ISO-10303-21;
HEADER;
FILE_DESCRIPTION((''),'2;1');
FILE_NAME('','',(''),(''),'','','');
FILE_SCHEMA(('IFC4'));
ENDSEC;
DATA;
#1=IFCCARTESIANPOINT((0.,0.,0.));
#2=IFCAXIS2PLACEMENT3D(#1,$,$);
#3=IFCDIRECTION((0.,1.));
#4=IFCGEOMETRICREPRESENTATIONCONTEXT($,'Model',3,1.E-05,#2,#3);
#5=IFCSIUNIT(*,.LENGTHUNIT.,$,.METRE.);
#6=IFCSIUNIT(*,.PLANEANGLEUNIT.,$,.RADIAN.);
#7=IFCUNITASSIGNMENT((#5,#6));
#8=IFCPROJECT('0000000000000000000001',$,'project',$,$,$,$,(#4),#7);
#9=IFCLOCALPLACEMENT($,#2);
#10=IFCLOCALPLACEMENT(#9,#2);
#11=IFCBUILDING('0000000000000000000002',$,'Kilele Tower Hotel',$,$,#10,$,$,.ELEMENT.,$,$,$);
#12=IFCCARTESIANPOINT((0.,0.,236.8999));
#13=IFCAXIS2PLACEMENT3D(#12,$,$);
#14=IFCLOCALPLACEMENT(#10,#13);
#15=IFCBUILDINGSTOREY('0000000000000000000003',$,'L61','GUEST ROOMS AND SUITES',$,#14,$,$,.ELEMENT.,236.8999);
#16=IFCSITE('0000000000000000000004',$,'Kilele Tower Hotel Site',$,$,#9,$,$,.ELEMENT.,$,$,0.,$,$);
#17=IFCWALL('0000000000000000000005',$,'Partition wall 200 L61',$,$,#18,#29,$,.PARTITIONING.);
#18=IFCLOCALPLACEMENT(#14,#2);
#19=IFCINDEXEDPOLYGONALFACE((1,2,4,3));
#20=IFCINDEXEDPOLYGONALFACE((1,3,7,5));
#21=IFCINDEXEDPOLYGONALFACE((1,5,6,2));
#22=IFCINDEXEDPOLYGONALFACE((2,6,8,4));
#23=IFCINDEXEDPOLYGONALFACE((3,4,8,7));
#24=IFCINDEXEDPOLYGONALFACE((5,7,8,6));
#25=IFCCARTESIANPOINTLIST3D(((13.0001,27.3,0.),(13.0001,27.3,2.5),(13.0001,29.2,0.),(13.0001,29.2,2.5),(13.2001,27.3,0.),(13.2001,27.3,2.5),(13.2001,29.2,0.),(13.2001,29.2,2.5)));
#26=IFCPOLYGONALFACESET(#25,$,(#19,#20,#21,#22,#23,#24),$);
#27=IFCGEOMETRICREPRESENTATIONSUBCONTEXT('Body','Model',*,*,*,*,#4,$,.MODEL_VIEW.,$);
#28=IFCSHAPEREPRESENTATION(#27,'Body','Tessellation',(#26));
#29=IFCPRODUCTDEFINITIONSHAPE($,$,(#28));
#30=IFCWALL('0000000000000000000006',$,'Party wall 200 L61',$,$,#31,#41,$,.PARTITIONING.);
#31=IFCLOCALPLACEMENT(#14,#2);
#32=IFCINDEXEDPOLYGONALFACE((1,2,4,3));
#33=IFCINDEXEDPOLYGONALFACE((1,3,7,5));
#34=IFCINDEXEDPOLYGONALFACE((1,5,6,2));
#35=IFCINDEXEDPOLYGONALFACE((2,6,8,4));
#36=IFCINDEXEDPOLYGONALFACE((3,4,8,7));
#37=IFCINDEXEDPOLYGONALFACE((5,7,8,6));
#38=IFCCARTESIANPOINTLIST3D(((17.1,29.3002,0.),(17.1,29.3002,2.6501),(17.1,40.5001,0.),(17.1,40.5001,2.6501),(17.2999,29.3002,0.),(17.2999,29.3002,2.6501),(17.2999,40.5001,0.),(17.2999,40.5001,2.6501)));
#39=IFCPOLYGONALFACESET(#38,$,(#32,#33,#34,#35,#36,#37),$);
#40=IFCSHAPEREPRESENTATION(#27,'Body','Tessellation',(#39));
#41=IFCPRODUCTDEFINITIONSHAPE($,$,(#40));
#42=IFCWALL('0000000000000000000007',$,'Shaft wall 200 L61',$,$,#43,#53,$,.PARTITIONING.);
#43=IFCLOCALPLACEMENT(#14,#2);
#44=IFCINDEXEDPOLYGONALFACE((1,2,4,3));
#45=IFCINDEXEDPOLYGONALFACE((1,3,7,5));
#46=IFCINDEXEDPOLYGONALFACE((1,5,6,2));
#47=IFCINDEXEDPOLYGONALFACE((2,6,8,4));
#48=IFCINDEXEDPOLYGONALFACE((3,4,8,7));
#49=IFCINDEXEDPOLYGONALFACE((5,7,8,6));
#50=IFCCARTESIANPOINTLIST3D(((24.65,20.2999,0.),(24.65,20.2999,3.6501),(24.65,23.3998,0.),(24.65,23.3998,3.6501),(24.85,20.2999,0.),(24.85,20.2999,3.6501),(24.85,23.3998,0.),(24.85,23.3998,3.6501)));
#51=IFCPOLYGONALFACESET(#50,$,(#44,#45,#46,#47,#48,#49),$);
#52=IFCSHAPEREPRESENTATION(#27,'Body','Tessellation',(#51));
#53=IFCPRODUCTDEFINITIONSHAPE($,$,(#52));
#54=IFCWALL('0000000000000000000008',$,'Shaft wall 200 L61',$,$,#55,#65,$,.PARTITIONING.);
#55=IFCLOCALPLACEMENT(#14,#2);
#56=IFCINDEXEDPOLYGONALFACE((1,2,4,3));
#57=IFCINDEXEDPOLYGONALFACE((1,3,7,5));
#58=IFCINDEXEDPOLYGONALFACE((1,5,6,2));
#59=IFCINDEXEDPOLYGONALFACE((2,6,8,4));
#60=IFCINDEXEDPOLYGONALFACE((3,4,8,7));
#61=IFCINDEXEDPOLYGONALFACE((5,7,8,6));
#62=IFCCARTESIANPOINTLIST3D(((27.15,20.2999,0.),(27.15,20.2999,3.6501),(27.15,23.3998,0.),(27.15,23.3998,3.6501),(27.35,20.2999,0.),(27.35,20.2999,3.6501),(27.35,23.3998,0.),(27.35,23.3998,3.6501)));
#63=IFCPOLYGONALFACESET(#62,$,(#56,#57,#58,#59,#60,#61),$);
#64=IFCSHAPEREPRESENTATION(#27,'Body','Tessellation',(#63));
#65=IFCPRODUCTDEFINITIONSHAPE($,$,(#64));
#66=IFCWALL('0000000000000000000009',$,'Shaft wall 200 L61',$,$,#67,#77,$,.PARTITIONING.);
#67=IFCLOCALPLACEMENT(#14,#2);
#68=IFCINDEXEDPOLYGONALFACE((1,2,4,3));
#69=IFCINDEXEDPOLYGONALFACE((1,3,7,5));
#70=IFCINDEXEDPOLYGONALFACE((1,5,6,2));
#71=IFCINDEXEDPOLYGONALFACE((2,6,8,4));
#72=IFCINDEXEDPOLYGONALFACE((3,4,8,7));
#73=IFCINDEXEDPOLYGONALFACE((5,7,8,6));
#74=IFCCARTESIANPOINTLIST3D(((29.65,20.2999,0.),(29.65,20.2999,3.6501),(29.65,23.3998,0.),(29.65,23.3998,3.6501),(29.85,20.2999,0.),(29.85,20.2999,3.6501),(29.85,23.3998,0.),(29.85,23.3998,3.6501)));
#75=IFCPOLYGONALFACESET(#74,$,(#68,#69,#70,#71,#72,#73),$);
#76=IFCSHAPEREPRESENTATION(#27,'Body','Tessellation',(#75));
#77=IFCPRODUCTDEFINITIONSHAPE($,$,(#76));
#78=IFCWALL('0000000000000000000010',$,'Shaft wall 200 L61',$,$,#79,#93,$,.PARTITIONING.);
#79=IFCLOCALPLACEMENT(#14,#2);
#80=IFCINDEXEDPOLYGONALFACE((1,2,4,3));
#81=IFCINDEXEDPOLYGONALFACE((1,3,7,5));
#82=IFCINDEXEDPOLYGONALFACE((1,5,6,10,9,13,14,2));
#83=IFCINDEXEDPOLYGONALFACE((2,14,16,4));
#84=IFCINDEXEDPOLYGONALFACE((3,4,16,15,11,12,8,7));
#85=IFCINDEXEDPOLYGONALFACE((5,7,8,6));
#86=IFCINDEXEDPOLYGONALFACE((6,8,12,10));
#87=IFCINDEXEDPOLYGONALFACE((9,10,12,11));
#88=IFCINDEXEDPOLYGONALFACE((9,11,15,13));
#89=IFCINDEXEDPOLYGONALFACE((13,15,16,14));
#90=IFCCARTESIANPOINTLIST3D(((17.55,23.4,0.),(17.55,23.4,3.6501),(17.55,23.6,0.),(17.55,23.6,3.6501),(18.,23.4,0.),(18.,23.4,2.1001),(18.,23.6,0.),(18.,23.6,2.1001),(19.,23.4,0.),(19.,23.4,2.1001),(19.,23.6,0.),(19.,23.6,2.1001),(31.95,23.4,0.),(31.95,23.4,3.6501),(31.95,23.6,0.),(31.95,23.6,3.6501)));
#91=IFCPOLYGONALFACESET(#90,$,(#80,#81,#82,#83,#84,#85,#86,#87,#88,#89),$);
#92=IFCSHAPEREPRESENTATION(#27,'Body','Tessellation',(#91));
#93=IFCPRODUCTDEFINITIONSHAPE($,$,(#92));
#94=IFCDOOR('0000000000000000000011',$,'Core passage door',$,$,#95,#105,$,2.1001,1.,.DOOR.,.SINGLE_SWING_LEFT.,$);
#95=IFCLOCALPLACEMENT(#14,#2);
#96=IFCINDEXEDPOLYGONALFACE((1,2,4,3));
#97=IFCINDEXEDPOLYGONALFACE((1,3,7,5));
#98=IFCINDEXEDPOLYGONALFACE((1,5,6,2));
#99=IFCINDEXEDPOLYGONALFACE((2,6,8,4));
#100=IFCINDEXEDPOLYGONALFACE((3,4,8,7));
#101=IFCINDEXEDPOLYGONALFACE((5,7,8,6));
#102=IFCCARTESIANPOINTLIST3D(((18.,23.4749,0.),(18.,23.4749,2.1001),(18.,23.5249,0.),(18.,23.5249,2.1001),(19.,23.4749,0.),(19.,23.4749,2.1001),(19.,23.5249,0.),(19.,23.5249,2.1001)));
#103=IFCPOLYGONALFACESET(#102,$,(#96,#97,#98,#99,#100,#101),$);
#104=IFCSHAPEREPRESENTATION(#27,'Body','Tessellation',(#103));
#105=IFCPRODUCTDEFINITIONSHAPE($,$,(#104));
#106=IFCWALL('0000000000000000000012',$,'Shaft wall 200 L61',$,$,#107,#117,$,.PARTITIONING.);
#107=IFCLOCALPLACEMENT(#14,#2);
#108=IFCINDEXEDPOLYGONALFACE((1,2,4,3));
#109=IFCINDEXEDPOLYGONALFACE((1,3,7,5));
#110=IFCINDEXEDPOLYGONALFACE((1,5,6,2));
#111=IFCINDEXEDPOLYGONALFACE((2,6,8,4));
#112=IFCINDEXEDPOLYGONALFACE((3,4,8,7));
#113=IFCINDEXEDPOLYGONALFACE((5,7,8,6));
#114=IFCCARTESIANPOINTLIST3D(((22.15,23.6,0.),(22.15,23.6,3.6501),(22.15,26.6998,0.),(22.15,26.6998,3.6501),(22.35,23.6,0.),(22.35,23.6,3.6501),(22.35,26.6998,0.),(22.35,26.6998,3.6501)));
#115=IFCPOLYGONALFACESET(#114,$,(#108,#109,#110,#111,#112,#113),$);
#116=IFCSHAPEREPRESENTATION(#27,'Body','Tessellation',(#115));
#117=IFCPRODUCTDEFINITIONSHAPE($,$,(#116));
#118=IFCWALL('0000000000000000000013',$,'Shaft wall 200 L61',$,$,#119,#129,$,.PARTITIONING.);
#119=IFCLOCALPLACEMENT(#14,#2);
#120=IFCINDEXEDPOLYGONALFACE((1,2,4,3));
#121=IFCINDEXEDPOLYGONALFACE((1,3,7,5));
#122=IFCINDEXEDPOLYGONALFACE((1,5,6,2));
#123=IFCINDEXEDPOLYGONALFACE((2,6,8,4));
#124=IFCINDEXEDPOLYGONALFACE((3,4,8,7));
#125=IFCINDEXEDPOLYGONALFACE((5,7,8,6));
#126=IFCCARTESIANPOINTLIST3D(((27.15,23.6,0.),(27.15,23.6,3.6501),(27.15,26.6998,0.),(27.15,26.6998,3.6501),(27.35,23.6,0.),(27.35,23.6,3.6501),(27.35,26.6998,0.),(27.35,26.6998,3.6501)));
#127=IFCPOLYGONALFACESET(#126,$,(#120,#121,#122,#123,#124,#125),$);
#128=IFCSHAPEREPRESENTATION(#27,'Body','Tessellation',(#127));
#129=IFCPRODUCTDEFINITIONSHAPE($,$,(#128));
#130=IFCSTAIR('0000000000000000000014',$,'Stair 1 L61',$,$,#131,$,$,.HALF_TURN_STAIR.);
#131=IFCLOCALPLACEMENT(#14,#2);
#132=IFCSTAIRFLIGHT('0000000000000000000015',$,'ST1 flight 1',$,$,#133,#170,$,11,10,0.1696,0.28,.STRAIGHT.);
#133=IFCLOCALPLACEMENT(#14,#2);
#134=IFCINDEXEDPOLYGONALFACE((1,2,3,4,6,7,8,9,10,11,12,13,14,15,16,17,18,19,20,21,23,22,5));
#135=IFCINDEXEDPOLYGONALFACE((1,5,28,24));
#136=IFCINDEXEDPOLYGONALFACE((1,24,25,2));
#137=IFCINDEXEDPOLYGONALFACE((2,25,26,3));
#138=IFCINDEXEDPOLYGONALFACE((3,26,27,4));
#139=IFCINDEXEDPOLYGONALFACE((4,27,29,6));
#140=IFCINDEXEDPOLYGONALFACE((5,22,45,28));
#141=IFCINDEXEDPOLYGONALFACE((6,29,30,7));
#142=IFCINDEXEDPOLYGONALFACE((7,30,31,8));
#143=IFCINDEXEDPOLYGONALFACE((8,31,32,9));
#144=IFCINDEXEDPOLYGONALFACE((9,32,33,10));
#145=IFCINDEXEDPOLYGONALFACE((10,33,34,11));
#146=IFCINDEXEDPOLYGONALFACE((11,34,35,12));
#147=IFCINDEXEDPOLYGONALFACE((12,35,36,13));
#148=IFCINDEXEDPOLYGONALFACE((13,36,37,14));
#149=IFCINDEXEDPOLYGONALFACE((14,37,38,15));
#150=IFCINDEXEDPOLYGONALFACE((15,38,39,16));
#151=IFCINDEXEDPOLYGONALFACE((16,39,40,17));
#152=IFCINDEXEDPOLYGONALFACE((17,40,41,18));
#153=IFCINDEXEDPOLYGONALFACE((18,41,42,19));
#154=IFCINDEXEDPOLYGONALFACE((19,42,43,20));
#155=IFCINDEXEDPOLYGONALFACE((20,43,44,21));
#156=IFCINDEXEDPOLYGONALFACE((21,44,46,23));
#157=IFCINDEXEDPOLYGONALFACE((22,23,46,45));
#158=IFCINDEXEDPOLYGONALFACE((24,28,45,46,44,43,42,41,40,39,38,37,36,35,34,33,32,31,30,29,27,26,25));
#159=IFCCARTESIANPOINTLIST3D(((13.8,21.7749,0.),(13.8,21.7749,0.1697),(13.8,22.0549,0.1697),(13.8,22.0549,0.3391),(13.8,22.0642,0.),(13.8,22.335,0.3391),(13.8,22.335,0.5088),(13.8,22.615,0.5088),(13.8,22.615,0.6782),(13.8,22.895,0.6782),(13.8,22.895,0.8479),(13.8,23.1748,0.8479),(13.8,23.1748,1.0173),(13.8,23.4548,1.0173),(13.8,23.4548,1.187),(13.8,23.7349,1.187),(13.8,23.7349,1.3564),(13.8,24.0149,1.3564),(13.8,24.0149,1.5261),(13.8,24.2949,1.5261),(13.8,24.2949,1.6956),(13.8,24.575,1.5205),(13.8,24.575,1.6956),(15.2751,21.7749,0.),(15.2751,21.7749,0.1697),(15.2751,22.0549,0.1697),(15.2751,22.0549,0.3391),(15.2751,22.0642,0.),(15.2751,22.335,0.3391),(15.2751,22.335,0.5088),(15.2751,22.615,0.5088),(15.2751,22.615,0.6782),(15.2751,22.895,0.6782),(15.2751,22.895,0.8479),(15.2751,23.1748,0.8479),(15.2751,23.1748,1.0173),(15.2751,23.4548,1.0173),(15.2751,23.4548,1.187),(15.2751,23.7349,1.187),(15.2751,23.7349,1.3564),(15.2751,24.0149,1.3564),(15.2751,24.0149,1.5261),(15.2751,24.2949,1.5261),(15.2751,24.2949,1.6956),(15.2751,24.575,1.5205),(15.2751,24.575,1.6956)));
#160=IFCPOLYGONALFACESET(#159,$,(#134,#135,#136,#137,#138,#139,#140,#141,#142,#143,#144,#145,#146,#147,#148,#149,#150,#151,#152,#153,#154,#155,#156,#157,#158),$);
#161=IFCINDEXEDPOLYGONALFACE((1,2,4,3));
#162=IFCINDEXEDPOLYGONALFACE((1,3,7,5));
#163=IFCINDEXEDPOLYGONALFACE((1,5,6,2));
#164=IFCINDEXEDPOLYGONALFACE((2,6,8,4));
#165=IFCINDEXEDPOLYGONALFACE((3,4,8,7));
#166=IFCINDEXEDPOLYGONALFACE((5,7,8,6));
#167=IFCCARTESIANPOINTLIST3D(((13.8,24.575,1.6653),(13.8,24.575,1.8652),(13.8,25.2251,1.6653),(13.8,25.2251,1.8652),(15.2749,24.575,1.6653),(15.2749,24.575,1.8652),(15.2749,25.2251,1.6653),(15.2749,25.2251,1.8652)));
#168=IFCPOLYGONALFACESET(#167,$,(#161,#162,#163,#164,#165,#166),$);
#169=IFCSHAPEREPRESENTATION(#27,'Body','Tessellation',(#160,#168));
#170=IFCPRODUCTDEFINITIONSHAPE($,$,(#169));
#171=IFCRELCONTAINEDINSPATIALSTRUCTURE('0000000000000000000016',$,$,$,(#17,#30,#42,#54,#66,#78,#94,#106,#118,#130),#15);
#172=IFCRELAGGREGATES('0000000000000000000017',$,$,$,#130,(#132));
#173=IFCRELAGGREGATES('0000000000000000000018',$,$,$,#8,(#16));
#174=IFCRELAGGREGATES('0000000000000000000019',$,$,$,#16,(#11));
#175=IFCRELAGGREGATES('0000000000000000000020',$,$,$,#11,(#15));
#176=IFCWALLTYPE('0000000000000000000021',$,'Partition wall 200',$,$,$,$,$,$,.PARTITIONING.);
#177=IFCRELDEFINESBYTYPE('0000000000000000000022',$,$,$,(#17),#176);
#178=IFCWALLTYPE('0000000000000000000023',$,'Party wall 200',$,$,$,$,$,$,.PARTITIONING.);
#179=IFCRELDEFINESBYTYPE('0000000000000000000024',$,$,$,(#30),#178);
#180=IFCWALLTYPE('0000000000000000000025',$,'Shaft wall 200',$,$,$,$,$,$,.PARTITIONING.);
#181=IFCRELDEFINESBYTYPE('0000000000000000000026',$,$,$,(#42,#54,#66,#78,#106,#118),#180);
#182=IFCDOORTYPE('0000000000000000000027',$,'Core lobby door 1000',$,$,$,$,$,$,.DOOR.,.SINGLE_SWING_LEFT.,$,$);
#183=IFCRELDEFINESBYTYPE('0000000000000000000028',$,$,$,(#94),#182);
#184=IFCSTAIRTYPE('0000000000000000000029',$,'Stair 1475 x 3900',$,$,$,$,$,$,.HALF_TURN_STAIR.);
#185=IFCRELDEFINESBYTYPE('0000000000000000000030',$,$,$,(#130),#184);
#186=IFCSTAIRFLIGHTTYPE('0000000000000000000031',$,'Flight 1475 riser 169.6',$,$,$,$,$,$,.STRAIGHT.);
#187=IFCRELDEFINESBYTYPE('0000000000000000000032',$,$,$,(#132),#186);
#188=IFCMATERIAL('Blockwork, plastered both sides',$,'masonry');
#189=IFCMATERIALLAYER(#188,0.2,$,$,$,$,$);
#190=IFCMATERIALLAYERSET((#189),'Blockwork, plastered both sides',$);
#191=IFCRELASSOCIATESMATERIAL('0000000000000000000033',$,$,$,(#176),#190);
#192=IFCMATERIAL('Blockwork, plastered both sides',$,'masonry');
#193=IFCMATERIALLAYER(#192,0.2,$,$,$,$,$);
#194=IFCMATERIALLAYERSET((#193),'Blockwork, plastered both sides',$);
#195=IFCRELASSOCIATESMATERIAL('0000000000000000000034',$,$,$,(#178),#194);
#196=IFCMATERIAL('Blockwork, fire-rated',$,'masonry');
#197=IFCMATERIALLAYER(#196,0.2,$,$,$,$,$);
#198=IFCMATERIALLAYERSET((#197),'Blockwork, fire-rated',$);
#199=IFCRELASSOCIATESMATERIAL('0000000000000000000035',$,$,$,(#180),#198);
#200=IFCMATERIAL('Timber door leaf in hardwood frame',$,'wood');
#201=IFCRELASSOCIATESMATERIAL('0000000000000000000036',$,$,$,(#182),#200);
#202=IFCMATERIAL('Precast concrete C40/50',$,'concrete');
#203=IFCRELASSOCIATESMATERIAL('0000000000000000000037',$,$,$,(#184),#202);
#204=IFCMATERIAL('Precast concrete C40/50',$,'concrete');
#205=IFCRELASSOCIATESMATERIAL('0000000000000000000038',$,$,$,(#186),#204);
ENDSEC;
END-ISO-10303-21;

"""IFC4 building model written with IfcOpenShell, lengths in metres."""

from ifc_helpers import new_model, si_unit, direction, frame, frame_2d, origin, place, context, subcontext, project, spatial, polyline, rectangle, outline, extrude, material, layer, layer_set, type_object, element, fill, aggregate, save


model = new_model("IFC4")

# Units and contexts
model_context = context("Model", 3, precision=1e-05, world=origin(), true_north=direction((0.0, 1.0)))
body_context = subcontext(model_context, "Body", "Model", "MODEL_VIEW")
ifc_project = project(units=[si_unit("LENGTHUNIT", "METRE"), si_unit("PLANEANGLEUNIT", "RADIAN")], contexts=[model_context])

# Site, building, storey
site_placement = place(None, origin())
site = spatial("IfcSite", under=ifc_project, at=site_placement, Name="Kilele Tower Hotel Site", CompositionType="ELEMENT", RefElevation=0.0)
building_placement = place(site_placement, origin())
building = spatial("IfcBuilding", under=site, at=building_placement, Name="Kilele Tower Hotel", CompositionType="ELEMENT")
storey_placement = place(building_placement, frame((0.0, 0.0, 236.8999)))
storey = spatial("IfcBuildingStorey", under=building, at=storey_placement, Name="L61", Description="GUEST ROOMS AND SUITES", CompositionType="ELEMENT", Elevation=236.8999)

# Walls
ifc_material_1 = material(Name="Blockwork, plastered both sides", Category="masonry")
ifc_layer_1 = layer(ifc_material_1, 0.2)
ifc_layer_set_1 = layer_set([ifc_layer_1], Name="Blockwork, plastered both sides")
wall_type_1 = type_object("IfcWallType", Name="Partition wall 200", PredefinedType="PARTITIONING", material=ifc_layer_set_1)
wall_1_placement = place(storey_placement, frame((13.1001, 27.3, 0.0), z_axis=(0.0, 0.0, 1.0), x_axis=(0.0, 1.0, 0.0)))
element("IfcWall", 1, at=wall_1_placement, inside=storey, type_object=wall_type_1, Name="Partition wall 200 L61", PredefinedType="PARTITIONING", context=body_context, shape_type="SweptSolid", body=[
    extrude(rectangle(XDim=1.8999, YDim=0.2, at=frame_2d((0.95, 0.0))), origin(), (0.0, 0.0, 1.0), 2.5),
])
ifc_material_2 = material(Name="Blockwork, plastered both sides", Category="masonry")
ifc_layer_2 = layer(ifc_material_2, 0.2)
ifc_layer_set_2 = layer_set([ifc_layer_2], Name="Blockwork, plastered both sides")
wall_type_2 = type_object("IfcWallType", Name="Party wall 200", PredefinedType="PARTITIONING", material=ifc_layer_set_2)
wall_2_placement = place(storey_placement, frame((17.2, 29.3, 0.0), z_axis=(0.0, 0.0, 1.0), x_axis=(0.0, 1.0, 0.0)))
element("IfcWall", 2, at=wall_2_placement, inside=storey, type_object=wall_type_2, Name="Party wall 200 L61", PredefinedType="PARTITIONING", context=body_context, shape_type="SweptSolid", body=[
    extrude(rectangle(XDim=11.2, YDim=0.2, at=frame_2d((5.6001, 0.0))), origin(), (0.0, 0.0, 1.0), 2.6501),
])
ifc_material_3 = material(Name="Blockwork, fire-rated", Category="masonry")
ifc_layer_3 = layer(ifc_material_3, 0.2)
ifc_layer_set_3 = layer_set([ifc_layer_3], Name="Blockwork, fire-rated")
wall_type_3 = type_object("IfcWallType", Name="Shaft wall 200", PredefinedType="PARTITIONING", material=ifc_layer_set_3)
for number, where, z_axis, x_axis, name in (
    (3, (24.75, 20.3, 0.0), (0.0, 0.0, 1.0), (0.0, 1.0, 0.0), "Shaft wall 200 L61"),
    (4, (27.25, 20.3, 0.0), (0.0, 0.0, 1.0), (0.0, 1.0, 0.0), "Shaft wall 200 L61"),
    (5, (29.75, 20.3, 0.0), (0.0, 0.0, 1.0), (0.0, 1.0, 0.0), "Shaft wall 200 L61"),
):
    element("IfcWall", number, at=place(storey_placement, frame(where, z_axis=z_axis, x_axis=x_axis)), inside=storey, type_object=wall_type_3, Name=name, PredefinedType="PARTITIONING", context=body_context, shape_type="SweptSolid", body=[
        extrude(rectangle(XDim=3.0999, YDim=0.2, at=frame_2d((1.5498, 0.0))), origin(), (0.0, 0.0, 1.0), 3.6501),
    ])

# Wall, opening, door
wall_3_placement = place(storey_placement, frame((17.55, 23.5, 0.0), z_axis=(0.0, 0.0, 1.0), x_axis=(1.0, 0.0, 0.0)))
wall_3 = element("IfcWall", 6, at=wall_3_placement, inside=storey, type_object=wall_type_3, Name="Shaft wall 200 L61", PredefinedType="PARTITIONING", context=body_context, shape_type="SweptSolid", body=[
    extrude(rectangle(XDim=14.3999, YDim=0.2, at=frame_2d((7.2, 0.0))), origin(), (0.0, 0.0, 1.0), 3.6501),
])
opening_1_placement = place(wall_3_placement, frame((0.45, 0.0, 0.0)))
opening_1 = element("IfcOpeningElement", 7, at=opening_1_placement, cuts=wall_3, PredefinedType="OPENING", context=body_context, shape_type="SweptSolid", body=[
    extrude(rectangle(XDim=1.0, YDim=2.1001, at=frame_2d((0.5, 1.05))), frame((0.0, 0.1099, 0.0), z_axis=(0.0, -1.0, 0.0), x_axis=(1.0, 0.0, 0.0)), (0.0, 0.0, 1.0), 0.22),
])
ifc_material_4 = material(Name="Timber door leaf in hardwood frame", Category="wood")
door_type_1 = type_object("IfcDoorType", Name="Core lobby door 1000", OperationType="SINGLE_SWING_LEFT", PredefinedType="DOOR", material=ifc_material_4)
door_1_placement = place(opening_1_placement, origin())
door_1 = element("IfcDoor", 8, at=door_1_placement, inside=storey, type_object=door_type_1, Name="Core passage door", OperationType="SINGLE_SWING_LEFT", OverallHeight=2.1001, OverallWidth=1.0, PredefinedType="DOOR", context=body_context, shape_type="SweptSolid", body=[
    extrude(rectangle(XDim=1.0, YDim=2.1001, at=frame_2d((0.5, 1.05))), frame((0.0, 0.0249, 0.0), z_axis=(0.0, -1.0, 0.0), x_axis=(1.0, 0.0, 0.0)), (0.0, 0.0, 1.0), 0.05),
])
fill(opening_1, door_1)

# Walls
for number, where, z_axis, x_axis, name in (
    (9, (22.25, 23.6001, 0.0), (0.0, 0.0, 1.0), (0.0, 1.0, 0.0), "Shaft wall 200 L61"),
    (10, (27.25, 23.6001, 0.0), (0.0, 0.0, 1.0), (0.0, 1.0, 0.0), "Shaft wall 200 L61"),
):
    element("IfcWall", number, at=place(storey_placement, frame(where, z_axis=z_axis, x_axis=x_axis)), inside=storey, type_object=wall_type_3, Name=name, PredefinedType="PARTITIONING", context=body_context, shape_type="SweptSolid", body=[
        extrude(rectangle(XDim=3.0999, YDim=0.2, at=frame_2d((1.5498, 0.0))), origin(), (0.0, 0.0, 1.0), 3.6501),
    ])

# Stair, stair flight
ifc_material_5 = material(Name="Precast concrete C40/50", Category="concrete")
stair_type = type_object("IfcStairType", Name="Stair 1475 x 3900", PredefinedType="HALF_TURN_STAIR", material=ifc_material_5)
stair_placement = place(storey_placement, origin())
stair = element("IfcStair", 11, at=stair_placement, inside=storey, type_object=stair_type, Name="Stair 1 L61", PredefinedType="HALF_TURN_STAIR")
ifc_material_6 = material(Name="Precast concrete C40/50", Category="concrete")
stair_flight_type = type_object("IfcStairFlightType", Name="Flight 1475 riser 169.6", PredefinedType="STRAIGHT", material=ifc_material_6)
stair_flight_1_placement = place(storey_placement, frame((14.5376, 21.7749, 0.0), z_axis=(0.0, 0.0, 1.0), x_axis=(0.0, 1.0, 0.0)))
stair_flight_1 = element("IfcStairFlight", 12, at=stair_flight_1_placement, type_object=stair_flight_type, Name="ST1 flight 1", NumberOfRisers=11, NumberOfTreads=10, PredefinedType="STRAIGHT", RiserHeight=0.1696, TreadLength=0.28, context=body_context, shape_type="SweptSolid", body=[
    extrude(outline(polyline([(0.0, 0.0), (0.0, 0.1697), (0.28, 0.1697), (0.28, 0.3391), (0.5601, 0.3391), (0.5601, 0.5088), (0.8401, 0.5088), (0.8401, 0.6782), (1.1201, 0.6782), (1.1201, 0.8479), (1.3999, 0.8479), (1.3999, 1.0173), (1.6799, 1.0173), (1.6799, 1.187), (1.96, 1.187), (1.96, 1.3564), (2.24, 1.3564), (2.24, 1.5261), (2.52, 1.5261), (2.52, 1.6956), (2.8, 1.6956), (2.8, 1.8652), (2.8, 1.5205), (0.2893, 0.0), (0.0, 0.0)])), frame((0.0, 0.7375, 0.0), z_axis=(0.0, -1.0, 0.0), x_axis=(1.0, 0.0, 0.0)), (0.0, 0.0, 1.0), 1.4751),
    extrude(outline(polyline([(2.8, 0.7375), (2.8, -0.7373), (3.4502, -0.7373), (3.4502, 0.7375), (2.8, 0.7375)])), frame((0.0, 0.0, 1.6653)), (0.0, 0.0, 1.0), 0.2),
])
aggregate(stair, [stair_flight_1])

save(model, "model.ifc")
